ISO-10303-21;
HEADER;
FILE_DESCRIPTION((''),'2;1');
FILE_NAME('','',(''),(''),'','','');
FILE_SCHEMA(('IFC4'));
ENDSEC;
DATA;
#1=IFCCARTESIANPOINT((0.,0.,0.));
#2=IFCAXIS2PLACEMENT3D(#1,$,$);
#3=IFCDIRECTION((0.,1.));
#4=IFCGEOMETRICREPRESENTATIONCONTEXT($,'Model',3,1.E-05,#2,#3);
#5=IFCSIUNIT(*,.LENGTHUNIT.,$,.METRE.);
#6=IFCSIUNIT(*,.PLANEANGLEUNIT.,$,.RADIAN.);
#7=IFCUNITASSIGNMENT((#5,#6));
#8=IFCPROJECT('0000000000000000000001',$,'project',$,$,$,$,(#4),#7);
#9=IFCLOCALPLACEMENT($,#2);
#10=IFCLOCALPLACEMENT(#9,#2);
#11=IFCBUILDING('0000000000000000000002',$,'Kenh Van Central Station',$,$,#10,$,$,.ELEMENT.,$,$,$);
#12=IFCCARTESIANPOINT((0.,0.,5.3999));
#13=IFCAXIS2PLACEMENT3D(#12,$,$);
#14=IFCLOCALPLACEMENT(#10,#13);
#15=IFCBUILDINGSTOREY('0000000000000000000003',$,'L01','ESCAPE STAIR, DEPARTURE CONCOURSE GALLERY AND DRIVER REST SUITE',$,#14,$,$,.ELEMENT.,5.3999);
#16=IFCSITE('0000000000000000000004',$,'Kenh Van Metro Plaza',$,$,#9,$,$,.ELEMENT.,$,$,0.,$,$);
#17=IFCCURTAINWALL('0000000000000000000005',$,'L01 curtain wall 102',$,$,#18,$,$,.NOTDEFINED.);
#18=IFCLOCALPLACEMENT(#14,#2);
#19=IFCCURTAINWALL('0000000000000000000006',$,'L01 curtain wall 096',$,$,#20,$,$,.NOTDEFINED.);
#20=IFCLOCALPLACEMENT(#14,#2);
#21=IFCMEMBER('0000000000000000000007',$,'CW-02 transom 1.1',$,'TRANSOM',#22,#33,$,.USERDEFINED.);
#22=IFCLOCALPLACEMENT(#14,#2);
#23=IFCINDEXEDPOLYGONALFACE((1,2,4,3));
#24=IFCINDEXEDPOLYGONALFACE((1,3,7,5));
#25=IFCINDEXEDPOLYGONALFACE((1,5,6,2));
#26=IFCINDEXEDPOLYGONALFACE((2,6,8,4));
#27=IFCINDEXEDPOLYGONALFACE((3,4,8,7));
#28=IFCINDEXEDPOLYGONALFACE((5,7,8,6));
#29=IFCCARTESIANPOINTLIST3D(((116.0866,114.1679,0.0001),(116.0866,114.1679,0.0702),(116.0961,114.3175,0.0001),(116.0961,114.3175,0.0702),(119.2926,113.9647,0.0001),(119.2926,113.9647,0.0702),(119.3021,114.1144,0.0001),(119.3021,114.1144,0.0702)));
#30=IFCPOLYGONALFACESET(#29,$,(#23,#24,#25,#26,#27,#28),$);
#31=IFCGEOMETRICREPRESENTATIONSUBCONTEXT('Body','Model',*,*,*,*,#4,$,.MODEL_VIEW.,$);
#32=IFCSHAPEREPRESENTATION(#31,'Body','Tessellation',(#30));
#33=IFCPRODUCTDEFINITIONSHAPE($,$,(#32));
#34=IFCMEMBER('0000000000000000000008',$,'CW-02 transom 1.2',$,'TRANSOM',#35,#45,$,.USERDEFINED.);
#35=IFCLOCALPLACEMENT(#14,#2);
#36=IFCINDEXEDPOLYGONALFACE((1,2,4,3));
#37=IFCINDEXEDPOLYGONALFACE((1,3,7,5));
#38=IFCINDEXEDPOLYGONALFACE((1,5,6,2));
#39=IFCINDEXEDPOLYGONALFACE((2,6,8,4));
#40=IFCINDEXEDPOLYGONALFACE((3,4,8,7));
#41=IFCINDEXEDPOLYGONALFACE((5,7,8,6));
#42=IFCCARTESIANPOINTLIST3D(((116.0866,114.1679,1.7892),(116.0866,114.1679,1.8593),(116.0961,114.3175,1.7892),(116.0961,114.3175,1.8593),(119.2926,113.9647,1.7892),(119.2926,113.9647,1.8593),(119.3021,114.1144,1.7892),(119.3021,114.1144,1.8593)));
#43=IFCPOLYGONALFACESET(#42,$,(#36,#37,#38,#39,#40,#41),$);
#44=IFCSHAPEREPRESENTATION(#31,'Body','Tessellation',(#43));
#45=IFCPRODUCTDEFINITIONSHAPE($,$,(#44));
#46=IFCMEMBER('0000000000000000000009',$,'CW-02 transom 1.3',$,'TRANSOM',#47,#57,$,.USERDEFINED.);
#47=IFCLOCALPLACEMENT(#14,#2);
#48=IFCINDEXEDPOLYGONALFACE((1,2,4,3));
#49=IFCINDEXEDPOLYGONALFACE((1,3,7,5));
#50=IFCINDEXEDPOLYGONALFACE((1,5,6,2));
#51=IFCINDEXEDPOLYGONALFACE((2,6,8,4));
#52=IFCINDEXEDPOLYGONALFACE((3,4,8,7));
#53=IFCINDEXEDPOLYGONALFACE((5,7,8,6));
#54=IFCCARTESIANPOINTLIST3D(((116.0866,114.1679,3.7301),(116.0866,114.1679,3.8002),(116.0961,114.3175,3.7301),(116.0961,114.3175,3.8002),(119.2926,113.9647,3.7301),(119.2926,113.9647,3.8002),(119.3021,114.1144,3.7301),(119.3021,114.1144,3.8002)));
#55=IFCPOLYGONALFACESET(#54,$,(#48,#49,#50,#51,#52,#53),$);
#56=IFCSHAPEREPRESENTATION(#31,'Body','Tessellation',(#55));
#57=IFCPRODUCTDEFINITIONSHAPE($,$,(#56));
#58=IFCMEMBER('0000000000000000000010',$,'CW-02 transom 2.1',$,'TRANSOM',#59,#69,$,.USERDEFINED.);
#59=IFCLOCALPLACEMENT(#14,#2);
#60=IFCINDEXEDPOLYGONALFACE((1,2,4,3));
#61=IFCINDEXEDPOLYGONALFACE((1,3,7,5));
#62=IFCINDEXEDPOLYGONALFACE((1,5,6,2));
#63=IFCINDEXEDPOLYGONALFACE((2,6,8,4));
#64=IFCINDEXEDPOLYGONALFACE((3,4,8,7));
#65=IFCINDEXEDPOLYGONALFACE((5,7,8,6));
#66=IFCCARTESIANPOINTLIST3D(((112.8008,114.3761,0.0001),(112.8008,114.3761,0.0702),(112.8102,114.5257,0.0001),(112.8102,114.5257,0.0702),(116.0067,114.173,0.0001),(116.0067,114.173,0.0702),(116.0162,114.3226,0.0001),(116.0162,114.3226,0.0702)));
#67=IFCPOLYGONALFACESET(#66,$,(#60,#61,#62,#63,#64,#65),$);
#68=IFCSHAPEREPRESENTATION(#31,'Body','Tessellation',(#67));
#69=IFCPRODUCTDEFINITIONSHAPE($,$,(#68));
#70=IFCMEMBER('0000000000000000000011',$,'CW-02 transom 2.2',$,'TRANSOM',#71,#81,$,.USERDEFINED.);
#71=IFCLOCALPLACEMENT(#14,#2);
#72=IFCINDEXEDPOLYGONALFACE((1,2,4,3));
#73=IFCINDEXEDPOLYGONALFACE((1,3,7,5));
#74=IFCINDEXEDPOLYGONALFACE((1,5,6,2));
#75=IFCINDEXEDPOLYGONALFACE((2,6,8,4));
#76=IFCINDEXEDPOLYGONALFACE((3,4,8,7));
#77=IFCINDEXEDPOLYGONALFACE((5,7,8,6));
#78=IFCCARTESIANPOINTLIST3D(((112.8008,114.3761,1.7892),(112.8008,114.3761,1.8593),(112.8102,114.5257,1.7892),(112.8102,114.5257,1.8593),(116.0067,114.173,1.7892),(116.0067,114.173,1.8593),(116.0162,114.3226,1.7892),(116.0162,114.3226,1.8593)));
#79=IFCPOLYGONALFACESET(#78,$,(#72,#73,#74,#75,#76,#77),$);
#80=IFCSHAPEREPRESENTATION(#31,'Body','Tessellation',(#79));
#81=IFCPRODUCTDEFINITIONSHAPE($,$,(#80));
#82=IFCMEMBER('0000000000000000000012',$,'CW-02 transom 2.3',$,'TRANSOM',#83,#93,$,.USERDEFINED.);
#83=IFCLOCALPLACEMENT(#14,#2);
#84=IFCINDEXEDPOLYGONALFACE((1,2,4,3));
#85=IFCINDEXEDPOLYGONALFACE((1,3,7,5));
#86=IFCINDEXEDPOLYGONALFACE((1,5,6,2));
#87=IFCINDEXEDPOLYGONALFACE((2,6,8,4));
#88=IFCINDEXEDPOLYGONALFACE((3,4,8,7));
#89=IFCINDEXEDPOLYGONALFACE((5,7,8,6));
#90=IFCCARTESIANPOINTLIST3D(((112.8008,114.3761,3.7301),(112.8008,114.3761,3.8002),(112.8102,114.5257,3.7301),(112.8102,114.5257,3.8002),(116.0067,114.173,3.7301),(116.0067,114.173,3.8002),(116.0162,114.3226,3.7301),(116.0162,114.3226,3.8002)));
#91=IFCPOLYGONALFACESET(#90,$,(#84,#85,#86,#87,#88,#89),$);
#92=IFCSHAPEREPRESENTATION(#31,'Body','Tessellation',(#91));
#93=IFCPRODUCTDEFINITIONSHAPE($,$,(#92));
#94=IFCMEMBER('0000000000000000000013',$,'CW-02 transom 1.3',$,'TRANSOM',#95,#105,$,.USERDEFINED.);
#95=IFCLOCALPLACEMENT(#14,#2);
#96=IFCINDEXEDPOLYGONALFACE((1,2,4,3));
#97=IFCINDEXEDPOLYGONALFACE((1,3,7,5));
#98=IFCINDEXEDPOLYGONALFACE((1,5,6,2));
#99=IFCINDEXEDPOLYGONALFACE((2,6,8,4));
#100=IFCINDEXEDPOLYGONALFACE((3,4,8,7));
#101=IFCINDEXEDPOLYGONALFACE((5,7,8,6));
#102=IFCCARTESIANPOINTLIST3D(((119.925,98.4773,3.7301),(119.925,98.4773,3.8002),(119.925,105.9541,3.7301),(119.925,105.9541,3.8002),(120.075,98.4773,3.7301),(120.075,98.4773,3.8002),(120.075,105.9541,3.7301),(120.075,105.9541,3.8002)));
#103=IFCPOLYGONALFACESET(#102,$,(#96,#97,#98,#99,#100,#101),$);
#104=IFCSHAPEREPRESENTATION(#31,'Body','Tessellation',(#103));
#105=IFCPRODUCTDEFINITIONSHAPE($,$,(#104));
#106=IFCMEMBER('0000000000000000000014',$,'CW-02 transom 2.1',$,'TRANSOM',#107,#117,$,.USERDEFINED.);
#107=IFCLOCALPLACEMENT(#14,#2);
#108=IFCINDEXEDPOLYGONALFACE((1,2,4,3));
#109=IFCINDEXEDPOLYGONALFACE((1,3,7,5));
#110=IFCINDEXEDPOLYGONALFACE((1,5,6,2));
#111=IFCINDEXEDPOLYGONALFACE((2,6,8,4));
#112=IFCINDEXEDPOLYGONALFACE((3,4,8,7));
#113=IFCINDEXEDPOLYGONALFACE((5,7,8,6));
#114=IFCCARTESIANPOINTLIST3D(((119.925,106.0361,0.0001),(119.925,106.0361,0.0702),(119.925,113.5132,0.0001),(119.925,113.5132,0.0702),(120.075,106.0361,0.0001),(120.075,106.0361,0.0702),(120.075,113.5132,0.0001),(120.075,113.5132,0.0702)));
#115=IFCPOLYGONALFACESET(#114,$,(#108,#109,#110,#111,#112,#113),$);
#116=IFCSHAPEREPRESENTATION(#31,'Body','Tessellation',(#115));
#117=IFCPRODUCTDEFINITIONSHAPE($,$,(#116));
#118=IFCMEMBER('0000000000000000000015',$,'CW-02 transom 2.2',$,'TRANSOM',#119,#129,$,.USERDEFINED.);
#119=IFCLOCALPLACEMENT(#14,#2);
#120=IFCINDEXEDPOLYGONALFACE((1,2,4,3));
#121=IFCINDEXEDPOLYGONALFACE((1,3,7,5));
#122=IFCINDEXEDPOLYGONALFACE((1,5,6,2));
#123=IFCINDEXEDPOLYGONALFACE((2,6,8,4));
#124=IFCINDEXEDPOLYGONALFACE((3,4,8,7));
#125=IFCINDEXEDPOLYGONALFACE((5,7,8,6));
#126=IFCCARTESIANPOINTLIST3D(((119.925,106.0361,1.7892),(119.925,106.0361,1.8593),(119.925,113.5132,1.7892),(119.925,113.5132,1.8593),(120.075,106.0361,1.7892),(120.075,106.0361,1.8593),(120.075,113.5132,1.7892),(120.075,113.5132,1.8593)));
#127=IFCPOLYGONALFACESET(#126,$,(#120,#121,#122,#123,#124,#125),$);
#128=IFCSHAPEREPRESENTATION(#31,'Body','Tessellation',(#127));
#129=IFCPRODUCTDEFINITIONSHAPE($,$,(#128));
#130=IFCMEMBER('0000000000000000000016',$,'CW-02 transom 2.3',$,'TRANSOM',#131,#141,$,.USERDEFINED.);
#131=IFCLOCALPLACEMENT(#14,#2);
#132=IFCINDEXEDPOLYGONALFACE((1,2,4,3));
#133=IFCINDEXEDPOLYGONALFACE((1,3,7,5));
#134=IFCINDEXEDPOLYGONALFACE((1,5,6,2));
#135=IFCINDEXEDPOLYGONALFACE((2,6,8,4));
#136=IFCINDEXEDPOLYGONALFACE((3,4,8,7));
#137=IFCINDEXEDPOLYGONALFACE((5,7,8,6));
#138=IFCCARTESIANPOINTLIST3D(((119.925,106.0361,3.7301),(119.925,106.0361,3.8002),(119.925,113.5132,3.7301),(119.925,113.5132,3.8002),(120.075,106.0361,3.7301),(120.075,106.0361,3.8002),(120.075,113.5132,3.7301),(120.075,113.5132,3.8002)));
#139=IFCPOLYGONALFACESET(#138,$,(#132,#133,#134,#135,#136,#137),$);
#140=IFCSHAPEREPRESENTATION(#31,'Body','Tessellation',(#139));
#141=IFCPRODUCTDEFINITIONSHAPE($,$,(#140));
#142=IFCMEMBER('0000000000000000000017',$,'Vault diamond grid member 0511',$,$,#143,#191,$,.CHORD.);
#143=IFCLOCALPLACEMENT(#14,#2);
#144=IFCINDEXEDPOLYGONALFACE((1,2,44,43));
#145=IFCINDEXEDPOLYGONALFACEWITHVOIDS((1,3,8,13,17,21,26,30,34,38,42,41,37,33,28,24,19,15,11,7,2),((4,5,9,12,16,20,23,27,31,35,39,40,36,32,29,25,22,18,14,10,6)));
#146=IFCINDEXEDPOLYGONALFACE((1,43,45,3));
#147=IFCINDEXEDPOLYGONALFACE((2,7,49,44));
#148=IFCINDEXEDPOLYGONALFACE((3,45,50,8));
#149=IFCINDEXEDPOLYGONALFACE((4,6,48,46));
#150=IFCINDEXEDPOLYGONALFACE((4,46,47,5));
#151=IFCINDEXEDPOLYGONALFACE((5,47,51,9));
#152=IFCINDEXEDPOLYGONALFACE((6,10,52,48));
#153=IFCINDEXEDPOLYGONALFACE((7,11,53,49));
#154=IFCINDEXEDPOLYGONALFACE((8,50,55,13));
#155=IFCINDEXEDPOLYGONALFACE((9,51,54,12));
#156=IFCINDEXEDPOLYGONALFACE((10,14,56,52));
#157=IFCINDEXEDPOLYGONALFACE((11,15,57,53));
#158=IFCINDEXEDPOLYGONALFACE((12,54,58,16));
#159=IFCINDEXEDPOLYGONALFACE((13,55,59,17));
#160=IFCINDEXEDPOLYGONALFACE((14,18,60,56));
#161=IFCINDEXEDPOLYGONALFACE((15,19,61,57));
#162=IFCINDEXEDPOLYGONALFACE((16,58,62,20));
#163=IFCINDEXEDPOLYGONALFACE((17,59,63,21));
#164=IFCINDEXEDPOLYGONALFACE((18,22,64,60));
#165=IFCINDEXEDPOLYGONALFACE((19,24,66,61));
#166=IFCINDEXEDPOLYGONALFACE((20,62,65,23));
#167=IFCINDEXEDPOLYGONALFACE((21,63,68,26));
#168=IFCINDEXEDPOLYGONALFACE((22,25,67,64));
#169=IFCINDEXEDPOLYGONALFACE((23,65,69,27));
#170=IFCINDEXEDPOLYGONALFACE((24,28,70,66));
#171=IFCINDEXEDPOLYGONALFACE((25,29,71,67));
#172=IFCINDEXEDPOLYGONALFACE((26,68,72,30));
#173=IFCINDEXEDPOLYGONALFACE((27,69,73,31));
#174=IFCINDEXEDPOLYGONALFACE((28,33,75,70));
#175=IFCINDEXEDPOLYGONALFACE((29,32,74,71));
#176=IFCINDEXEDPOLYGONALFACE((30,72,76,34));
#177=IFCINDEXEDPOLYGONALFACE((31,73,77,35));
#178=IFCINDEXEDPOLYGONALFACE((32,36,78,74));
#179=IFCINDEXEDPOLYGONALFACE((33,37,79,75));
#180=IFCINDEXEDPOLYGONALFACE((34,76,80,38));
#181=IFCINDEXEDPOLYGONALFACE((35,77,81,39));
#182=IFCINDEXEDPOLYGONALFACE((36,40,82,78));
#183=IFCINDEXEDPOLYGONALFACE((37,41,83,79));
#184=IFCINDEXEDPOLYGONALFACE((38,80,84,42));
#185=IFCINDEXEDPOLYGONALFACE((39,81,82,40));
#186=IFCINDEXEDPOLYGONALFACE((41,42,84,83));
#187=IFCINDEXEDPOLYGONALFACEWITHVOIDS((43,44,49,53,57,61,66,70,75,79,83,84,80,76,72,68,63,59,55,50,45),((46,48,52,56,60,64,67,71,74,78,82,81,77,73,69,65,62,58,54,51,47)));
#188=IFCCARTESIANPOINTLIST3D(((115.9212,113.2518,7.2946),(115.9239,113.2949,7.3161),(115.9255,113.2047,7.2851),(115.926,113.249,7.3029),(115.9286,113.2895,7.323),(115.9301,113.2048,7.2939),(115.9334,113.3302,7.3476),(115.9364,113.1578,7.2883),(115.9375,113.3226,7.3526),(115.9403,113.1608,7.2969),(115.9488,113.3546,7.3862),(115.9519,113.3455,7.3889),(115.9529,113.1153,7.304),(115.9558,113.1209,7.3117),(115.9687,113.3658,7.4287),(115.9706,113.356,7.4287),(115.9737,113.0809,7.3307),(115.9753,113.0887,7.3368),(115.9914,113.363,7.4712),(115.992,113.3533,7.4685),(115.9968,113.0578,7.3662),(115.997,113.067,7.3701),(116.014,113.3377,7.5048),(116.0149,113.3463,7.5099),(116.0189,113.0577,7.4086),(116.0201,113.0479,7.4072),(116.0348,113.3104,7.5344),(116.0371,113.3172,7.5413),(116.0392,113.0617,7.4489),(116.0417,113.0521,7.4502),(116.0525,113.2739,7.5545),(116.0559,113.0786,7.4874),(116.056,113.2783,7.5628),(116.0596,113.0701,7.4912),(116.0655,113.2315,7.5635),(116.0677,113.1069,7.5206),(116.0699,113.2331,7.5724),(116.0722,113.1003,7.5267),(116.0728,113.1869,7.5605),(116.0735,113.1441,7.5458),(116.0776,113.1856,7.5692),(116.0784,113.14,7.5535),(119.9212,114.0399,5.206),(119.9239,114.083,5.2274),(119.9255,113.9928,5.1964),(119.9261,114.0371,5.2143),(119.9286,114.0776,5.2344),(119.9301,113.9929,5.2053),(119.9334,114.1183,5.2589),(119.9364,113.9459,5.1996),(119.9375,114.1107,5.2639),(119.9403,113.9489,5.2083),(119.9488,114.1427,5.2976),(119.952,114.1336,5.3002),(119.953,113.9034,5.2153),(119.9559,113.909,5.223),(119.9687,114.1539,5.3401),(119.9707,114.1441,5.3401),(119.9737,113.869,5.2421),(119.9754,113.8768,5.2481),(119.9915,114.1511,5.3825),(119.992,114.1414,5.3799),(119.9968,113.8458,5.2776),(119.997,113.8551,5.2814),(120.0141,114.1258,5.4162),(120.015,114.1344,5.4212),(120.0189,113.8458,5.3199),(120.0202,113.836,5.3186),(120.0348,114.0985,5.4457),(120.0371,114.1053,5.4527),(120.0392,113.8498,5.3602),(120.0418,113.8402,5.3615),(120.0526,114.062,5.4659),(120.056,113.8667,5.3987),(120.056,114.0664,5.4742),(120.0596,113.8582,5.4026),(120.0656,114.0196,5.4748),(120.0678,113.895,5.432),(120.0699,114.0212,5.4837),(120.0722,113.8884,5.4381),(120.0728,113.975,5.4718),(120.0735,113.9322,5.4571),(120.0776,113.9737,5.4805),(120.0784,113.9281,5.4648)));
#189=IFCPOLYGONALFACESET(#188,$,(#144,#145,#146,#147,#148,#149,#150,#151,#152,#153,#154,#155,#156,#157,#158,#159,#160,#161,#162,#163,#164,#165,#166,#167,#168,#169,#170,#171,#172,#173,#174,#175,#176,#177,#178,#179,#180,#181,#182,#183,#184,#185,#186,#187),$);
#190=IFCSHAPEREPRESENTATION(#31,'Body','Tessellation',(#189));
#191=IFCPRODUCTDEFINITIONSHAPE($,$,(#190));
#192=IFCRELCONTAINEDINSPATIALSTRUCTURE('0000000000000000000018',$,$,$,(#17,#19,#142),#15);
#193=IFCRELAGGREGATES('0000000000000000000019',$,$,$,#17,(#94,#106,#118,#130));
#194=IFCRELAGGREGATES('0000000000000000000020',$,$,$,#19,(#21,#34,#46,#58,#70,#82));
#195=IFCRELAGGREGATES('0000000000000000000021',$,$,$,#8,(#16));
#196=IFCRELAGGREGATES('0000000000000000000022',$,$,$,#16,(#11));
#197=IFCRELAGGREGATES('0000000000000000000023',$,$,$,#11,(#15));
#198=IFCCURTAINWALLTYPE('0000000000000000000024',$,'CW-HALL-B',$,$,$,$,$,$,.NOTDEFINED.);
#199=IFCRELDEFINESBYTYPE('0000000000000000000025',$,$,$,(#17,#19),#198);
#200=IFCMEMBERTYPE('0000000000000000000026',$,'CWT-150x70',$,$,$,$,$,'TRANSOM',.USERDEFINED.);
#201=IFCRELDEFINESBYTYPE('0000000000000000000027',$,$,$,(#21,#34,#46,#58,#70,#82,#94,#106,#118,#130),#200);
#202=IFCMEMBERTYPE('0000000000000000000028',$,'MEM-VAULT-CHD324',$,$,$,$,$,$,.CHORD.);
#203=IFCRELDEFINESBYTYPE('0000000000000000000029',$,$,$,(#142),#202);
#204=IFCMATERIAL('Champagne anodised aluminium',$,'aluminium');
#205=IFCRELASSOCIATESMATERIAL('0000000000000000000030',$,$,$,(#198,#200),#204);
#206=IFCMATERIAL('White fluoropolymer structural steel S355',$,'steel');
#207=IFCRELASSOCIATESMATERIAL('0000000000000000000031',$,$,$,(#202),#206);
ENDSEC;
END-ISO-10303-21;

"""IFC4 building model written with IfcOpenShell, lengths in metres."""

from ifc_helpers import new_model, si_unit, direction, frame, origin, origin_2d, place, context, subcontext, project, spatial, rectangle, hollow_circle, extrude, material, material_profile, profile_set, type_object, element, aggregate, save


model = new_model("IFC4")

# Units and contexts
model_context = context("Model", 3, precision=1e-05, world=origin(), true_north=direction((0.0, 1.0)))
body_context = subcontext(model_context, "Body", "Model", "MODEL_VIEW")
ifc_project = project(units=[si_unit("LENGTHUNIT", "METRE"), si_unit("PLANEANGLEUNIT", "RADIAN")], contexts=[model_context])

# Site, building, storey
site_placement = place(None, origin())
site = spatial("IfcSite", under=ifc_project, at=site_placement, Name="Kenh Van Metro Plaza", CompositionType="ELEMENT", RefElevation=0.0)
building_placement = place(site_placement, origin())
building = spatial("IfcBuilding", under=site, at=building_placement, Name="Kenh Van Central Station", CompositionType="ELEMENT")
storey_placement = place(building_placement, frame((0.0, 0.0, 5.3999)))
storey = spatial("IfcBuildingStorey", under=building, at=storey_placement, Name="L01", Description="ESCAPE STAIR, DEPARTURE CONCOURSE GALLERY AND DRIVER REST SUITE", CompositionType="ELEMENT", Elevation=5.3999)

# Shared definitions
ifc_material_1 = material(Name="White fluoropolymer structural steel S355", Category="steel")

# Curtain walls, members
ifc_material_2 = material(Name="Champagne anodised aluminium", Category="aluminium")
curtain_wall_type = type_object("IfcCurtainWallType", Name="CW-HALL-B", PredefinedType="NOTDEFINED", material=ifc_material_2)
curtain_wall_1_placement = place(storey_placement, origin())
curtain_wall_1 = element("IfcCurtainWall", 1, at=curtain_wall_1_placement, inside=storey, type_object=curtain_wall_type, Name="L01 curtain wall 102", PredefinedType="NOTDEFINED")
curtain_wall_2_placement = place(storey_placement, origin())
curtain_wall_2 = element("IfcCurtainWall", 2, at=curtain_wall_2_placement, inside=storey, type_object=curtain_wall_type, Name="L01 curtain wall 096", PredefinedType="NOTDEFINED")
ifc_material_profile_1 = material_profile(ifc_material_2, rectangle(XDim=0.1499, YDim=0.0701, at=origin_2d()), Name="AL 150x70")
ifc_profile_set_1 = profile_set([ifc_material_profile_1], Name="Champagne anodised aluminium")
member_type_1 = type_object("IfcMemberType", Name="CWT-150x70", ElementType="TRANSOM", PredefinedType="USERDEFINED", material=ifc_profile_set_1)
member_1_placement = place(storey_placement, frame((119.2974, 114.0396, 0.0352), z_axis=(-0.997999, 0.06323, 0.0), x_axis=(-0.06323, -0.997999, 0.0)))
member_1 = element("IfcMember", 3, at=member_1_placement, type_object=member_type_1, Name="CW-02 transom 1.1", ObjectType="TRANSOM", PredefinedType="USERDEFINED", context=body_context, shape_type="SweptSolid", body=[
    extrude(rectangle(XDim=0.1499, YDim=0.0701, at=origin_2d()), origin(), (0.0, 0.0, 1.0), 3.2124),
])
member_2_placement = place(storey_placement, frame((119.2974, 114.0396, 1.8242), z_axis=(-0.997999, 0.06323, 0.0), x_axis=(-0.06323, -0.997999, 0.0)))
member_2 = element("IfcMember", 4, at=member_2_placement, type_object=member_type_1, Name="CW-02 transom 1.2", ObjectType="TRANSOM", PredefinedType="USERDEFINED", context=body_context, shape_type="SweptSolid", body=[
    extrude(rectangle(XDim=0.1499, YDim=0.0701, at=origin_2d()), origin(), (0.0, 0.0, 1.0), 3.2124),
])
member_3_placement = place(storey_placement, frame((119.2974, 114.0396, 3.7651), z_axis=(-0.997999, 0.06323, 0.0), x_axis=(-0.06323, -0.997999, 0.0)))
member_3 = element("IfcMember", 5, at=member_3_placement, type_object=member_type_1, Name="CW-02 transom 1.3", ObjectType="TRANSOM", PredefinedType="USERDEFINED", context=body_context, shape_type="SweptSolid", body=[
    extrude(rectangle(XDim=0.1499, YDim=0.0701, at=origin_2d()), origin(), (0.0, 0.0, 1.0), 3.2124),
])
member_4_placement = place(storey_placement, frame((116.0115, 114.2478, 0.0352), z_axis=(-0.997999, 0.06323, 0.0), x_axis=(-0.06323, -0.997999, 0.0)))
member_4 = element("IfcMember", 6, at=member_4_placement, type_object=member_type_1, Name="CW-02 transom 2.1", ObjectType="TRANSOM", PredefinedType="USERDEFINED", context=body_context, shape_type="SweptSolid", body=[
    extrude(rectangle(XDim=0.1499, YDim=0.0701, at=origin_2d()), origin(), (0.0, 0.0, 1.0), 3.2124),
])
member_5_placement = place(storey_placement, frame((116.0115, 114.2478, 1.8242), z_axis=(-0.997999, 0.06323, 0.0), x_axis=(-0.06323, -0.997999, 0.0)))
member_5 = element("IfcMember", 7, at=member_5_placement, type_object=member_type_1, Name="CW-02 transom 2.2", ObjectType="TRANSOM", PredefinedType="USERDEFINED", context=body_context, shape_type="SweptSolid", body=[
    extrude(rectangle(XDim=0.1499, YDim=0.0701, at=origin_2d()), origin(), (0.0, 0.0, 1.0), 3.2124),
])
member_6_placement = place(storey_placement, frame((116.0115, 114.2478, 3.7651), z_axis=(-0.997999, 0.06323, 0.0), x_axis=(-0.06323, -0.997999, 0.0)))
member_6 = element("IfcMember", 8, at=member_6_placement, type_object=member_type_1, Name="CW-02 transom 2.3", ObjectType="TRANSOM", PredefinedType="USERDEFINED", context=body_context, shape_type="SweptSolid", body=[
    extrude(rectangle(XDim=0.1499, YDim=0.0701, at=origin_2d()), origin(), (0.0, 0.0, 1.0), 3.2124),
])

# Members
member_7_placement = place(storey_placement, frame((120.0, 98.4773, 3.7651), z_axis=(0.0, 1.0, 0.0), x_axis=(-1.0, 0.0, 0.0)))
member_7 = element("IfcMember", 9, at=member_7_placement, type_object=member_type_1, Name="CW-02 transom 1.3", ObjectType="TRANSOM", PredefinedType="USERDEFINED", context=body_context, shape_type="SweptSolid", body=[
    extrude(rectangle(XDim=0.1499, YDim=0.0701, at=origin_2d()), origin(), (0.0, 0.0, 1.0), 7.4768),
])
member_8_placement = place(storey_placement, frame((120.0, 106.0361, 0.0352), z_axis=(0.0, 1.0, 0.0), x_axis=(-1.0, 0.0, 0.0)))
member_8 = element("IfcMember", 10, at=member_8_placement, type_object=member_type_1, Name="CW-02 transom 2.1", ObjectType="TRANSOM", PredefinedType="USERDEFINED", context=body_context, shape_type="SweptSolid", body=[
    extrude(rectangle(XDim=0.1499, YDim=0.0701, at=origin_2d()), origin(), (0.0, 0.0, 1.0), 7.4771),
])
member_9_placement = place(storey_placement, frame((120.0, 106.0361, 1.8242), z_axis=(0.0, 1.0, 0.0), x_axis=(-1.0, 0.0, 0.0)))
member_9 = element("IfcMember", 11, at=member_9_placement, type_object=member_type_1, Name="CW-02 transom 2.2", ObjectType="TRANSOM", PredefinedType="USERDEFINED", context=body_context, shape_type="SweptSolid", body=[
    extrude(rectangle(XDim=0.1499, YDim=0.0701, at=origin_2d()), origin(), (0.0, 0.0, 1.0), 7.4771),
])
member_10_placement = place(storey_placement, frame((120.0, 106.0361, 3.7651), z_axis=(0.0, 1.0, 0.0), x_axis=(-1.0, 0.0, 0.0)))
member_10 = element("IfcMember", 12, at=member_10_placement, type_object=member_type_1, Name="CW-02 transom 2.3", ObjectType="TRANSOM", PredefinedType="USERDEFINED", context=body_context, shape_type="SweptSolid", body=[
    extrude(rectangle(XDim=0.1499, YDim=0.0701, at=origin_2d()), origin(), (0.0, 0.0, 1.0), 7.4771),
])

# Member
ifc_material_profile_2 = material_profile(ifc_material_1, hollow_circle(Radius=0.1619, WallThickness=0.01, at=origin_2d()), Name="CHS 323.9x10")
ifc_profile_set_2 = profile_set([ifc_material_profile_2], Name="White fluoropolymer structural steel S355")
member_type_2 = type_object("IfcMemberType", Name="MEM-VAULT-CHD324", PredefinedType="CHORD", material=ifc_profile_set_2)
member_11_placement = place(storey_placement, frame((116.0, 113.207, 7.4287), z_axis=(0.873216, 0.172042, -0.455955), x_axis=(-0.193305, 0.981139, 0.0)))
element("IfcMember", 13, at=member_11_placement, inside=storey, type_object=member_type_2, Name="Vault diamond grid member 0511", PredefinedType="CHORD", context=body_context, shape_type="SweptSolid", body=[
    extrude(hollow_circle(Radius=0.1619, WallThickness=0.01, at=origin_2d()), origin(), (0.0, 0.0, 1.0), 4.5808),
])

aggregate(curtain_wall_1, [member_7, member_8, member_9, member_10])
aggregate(curtain_wall_2, [member_1, member_2, member_3, member_4, member_5, member_6])

save(model, "model.ifc")
